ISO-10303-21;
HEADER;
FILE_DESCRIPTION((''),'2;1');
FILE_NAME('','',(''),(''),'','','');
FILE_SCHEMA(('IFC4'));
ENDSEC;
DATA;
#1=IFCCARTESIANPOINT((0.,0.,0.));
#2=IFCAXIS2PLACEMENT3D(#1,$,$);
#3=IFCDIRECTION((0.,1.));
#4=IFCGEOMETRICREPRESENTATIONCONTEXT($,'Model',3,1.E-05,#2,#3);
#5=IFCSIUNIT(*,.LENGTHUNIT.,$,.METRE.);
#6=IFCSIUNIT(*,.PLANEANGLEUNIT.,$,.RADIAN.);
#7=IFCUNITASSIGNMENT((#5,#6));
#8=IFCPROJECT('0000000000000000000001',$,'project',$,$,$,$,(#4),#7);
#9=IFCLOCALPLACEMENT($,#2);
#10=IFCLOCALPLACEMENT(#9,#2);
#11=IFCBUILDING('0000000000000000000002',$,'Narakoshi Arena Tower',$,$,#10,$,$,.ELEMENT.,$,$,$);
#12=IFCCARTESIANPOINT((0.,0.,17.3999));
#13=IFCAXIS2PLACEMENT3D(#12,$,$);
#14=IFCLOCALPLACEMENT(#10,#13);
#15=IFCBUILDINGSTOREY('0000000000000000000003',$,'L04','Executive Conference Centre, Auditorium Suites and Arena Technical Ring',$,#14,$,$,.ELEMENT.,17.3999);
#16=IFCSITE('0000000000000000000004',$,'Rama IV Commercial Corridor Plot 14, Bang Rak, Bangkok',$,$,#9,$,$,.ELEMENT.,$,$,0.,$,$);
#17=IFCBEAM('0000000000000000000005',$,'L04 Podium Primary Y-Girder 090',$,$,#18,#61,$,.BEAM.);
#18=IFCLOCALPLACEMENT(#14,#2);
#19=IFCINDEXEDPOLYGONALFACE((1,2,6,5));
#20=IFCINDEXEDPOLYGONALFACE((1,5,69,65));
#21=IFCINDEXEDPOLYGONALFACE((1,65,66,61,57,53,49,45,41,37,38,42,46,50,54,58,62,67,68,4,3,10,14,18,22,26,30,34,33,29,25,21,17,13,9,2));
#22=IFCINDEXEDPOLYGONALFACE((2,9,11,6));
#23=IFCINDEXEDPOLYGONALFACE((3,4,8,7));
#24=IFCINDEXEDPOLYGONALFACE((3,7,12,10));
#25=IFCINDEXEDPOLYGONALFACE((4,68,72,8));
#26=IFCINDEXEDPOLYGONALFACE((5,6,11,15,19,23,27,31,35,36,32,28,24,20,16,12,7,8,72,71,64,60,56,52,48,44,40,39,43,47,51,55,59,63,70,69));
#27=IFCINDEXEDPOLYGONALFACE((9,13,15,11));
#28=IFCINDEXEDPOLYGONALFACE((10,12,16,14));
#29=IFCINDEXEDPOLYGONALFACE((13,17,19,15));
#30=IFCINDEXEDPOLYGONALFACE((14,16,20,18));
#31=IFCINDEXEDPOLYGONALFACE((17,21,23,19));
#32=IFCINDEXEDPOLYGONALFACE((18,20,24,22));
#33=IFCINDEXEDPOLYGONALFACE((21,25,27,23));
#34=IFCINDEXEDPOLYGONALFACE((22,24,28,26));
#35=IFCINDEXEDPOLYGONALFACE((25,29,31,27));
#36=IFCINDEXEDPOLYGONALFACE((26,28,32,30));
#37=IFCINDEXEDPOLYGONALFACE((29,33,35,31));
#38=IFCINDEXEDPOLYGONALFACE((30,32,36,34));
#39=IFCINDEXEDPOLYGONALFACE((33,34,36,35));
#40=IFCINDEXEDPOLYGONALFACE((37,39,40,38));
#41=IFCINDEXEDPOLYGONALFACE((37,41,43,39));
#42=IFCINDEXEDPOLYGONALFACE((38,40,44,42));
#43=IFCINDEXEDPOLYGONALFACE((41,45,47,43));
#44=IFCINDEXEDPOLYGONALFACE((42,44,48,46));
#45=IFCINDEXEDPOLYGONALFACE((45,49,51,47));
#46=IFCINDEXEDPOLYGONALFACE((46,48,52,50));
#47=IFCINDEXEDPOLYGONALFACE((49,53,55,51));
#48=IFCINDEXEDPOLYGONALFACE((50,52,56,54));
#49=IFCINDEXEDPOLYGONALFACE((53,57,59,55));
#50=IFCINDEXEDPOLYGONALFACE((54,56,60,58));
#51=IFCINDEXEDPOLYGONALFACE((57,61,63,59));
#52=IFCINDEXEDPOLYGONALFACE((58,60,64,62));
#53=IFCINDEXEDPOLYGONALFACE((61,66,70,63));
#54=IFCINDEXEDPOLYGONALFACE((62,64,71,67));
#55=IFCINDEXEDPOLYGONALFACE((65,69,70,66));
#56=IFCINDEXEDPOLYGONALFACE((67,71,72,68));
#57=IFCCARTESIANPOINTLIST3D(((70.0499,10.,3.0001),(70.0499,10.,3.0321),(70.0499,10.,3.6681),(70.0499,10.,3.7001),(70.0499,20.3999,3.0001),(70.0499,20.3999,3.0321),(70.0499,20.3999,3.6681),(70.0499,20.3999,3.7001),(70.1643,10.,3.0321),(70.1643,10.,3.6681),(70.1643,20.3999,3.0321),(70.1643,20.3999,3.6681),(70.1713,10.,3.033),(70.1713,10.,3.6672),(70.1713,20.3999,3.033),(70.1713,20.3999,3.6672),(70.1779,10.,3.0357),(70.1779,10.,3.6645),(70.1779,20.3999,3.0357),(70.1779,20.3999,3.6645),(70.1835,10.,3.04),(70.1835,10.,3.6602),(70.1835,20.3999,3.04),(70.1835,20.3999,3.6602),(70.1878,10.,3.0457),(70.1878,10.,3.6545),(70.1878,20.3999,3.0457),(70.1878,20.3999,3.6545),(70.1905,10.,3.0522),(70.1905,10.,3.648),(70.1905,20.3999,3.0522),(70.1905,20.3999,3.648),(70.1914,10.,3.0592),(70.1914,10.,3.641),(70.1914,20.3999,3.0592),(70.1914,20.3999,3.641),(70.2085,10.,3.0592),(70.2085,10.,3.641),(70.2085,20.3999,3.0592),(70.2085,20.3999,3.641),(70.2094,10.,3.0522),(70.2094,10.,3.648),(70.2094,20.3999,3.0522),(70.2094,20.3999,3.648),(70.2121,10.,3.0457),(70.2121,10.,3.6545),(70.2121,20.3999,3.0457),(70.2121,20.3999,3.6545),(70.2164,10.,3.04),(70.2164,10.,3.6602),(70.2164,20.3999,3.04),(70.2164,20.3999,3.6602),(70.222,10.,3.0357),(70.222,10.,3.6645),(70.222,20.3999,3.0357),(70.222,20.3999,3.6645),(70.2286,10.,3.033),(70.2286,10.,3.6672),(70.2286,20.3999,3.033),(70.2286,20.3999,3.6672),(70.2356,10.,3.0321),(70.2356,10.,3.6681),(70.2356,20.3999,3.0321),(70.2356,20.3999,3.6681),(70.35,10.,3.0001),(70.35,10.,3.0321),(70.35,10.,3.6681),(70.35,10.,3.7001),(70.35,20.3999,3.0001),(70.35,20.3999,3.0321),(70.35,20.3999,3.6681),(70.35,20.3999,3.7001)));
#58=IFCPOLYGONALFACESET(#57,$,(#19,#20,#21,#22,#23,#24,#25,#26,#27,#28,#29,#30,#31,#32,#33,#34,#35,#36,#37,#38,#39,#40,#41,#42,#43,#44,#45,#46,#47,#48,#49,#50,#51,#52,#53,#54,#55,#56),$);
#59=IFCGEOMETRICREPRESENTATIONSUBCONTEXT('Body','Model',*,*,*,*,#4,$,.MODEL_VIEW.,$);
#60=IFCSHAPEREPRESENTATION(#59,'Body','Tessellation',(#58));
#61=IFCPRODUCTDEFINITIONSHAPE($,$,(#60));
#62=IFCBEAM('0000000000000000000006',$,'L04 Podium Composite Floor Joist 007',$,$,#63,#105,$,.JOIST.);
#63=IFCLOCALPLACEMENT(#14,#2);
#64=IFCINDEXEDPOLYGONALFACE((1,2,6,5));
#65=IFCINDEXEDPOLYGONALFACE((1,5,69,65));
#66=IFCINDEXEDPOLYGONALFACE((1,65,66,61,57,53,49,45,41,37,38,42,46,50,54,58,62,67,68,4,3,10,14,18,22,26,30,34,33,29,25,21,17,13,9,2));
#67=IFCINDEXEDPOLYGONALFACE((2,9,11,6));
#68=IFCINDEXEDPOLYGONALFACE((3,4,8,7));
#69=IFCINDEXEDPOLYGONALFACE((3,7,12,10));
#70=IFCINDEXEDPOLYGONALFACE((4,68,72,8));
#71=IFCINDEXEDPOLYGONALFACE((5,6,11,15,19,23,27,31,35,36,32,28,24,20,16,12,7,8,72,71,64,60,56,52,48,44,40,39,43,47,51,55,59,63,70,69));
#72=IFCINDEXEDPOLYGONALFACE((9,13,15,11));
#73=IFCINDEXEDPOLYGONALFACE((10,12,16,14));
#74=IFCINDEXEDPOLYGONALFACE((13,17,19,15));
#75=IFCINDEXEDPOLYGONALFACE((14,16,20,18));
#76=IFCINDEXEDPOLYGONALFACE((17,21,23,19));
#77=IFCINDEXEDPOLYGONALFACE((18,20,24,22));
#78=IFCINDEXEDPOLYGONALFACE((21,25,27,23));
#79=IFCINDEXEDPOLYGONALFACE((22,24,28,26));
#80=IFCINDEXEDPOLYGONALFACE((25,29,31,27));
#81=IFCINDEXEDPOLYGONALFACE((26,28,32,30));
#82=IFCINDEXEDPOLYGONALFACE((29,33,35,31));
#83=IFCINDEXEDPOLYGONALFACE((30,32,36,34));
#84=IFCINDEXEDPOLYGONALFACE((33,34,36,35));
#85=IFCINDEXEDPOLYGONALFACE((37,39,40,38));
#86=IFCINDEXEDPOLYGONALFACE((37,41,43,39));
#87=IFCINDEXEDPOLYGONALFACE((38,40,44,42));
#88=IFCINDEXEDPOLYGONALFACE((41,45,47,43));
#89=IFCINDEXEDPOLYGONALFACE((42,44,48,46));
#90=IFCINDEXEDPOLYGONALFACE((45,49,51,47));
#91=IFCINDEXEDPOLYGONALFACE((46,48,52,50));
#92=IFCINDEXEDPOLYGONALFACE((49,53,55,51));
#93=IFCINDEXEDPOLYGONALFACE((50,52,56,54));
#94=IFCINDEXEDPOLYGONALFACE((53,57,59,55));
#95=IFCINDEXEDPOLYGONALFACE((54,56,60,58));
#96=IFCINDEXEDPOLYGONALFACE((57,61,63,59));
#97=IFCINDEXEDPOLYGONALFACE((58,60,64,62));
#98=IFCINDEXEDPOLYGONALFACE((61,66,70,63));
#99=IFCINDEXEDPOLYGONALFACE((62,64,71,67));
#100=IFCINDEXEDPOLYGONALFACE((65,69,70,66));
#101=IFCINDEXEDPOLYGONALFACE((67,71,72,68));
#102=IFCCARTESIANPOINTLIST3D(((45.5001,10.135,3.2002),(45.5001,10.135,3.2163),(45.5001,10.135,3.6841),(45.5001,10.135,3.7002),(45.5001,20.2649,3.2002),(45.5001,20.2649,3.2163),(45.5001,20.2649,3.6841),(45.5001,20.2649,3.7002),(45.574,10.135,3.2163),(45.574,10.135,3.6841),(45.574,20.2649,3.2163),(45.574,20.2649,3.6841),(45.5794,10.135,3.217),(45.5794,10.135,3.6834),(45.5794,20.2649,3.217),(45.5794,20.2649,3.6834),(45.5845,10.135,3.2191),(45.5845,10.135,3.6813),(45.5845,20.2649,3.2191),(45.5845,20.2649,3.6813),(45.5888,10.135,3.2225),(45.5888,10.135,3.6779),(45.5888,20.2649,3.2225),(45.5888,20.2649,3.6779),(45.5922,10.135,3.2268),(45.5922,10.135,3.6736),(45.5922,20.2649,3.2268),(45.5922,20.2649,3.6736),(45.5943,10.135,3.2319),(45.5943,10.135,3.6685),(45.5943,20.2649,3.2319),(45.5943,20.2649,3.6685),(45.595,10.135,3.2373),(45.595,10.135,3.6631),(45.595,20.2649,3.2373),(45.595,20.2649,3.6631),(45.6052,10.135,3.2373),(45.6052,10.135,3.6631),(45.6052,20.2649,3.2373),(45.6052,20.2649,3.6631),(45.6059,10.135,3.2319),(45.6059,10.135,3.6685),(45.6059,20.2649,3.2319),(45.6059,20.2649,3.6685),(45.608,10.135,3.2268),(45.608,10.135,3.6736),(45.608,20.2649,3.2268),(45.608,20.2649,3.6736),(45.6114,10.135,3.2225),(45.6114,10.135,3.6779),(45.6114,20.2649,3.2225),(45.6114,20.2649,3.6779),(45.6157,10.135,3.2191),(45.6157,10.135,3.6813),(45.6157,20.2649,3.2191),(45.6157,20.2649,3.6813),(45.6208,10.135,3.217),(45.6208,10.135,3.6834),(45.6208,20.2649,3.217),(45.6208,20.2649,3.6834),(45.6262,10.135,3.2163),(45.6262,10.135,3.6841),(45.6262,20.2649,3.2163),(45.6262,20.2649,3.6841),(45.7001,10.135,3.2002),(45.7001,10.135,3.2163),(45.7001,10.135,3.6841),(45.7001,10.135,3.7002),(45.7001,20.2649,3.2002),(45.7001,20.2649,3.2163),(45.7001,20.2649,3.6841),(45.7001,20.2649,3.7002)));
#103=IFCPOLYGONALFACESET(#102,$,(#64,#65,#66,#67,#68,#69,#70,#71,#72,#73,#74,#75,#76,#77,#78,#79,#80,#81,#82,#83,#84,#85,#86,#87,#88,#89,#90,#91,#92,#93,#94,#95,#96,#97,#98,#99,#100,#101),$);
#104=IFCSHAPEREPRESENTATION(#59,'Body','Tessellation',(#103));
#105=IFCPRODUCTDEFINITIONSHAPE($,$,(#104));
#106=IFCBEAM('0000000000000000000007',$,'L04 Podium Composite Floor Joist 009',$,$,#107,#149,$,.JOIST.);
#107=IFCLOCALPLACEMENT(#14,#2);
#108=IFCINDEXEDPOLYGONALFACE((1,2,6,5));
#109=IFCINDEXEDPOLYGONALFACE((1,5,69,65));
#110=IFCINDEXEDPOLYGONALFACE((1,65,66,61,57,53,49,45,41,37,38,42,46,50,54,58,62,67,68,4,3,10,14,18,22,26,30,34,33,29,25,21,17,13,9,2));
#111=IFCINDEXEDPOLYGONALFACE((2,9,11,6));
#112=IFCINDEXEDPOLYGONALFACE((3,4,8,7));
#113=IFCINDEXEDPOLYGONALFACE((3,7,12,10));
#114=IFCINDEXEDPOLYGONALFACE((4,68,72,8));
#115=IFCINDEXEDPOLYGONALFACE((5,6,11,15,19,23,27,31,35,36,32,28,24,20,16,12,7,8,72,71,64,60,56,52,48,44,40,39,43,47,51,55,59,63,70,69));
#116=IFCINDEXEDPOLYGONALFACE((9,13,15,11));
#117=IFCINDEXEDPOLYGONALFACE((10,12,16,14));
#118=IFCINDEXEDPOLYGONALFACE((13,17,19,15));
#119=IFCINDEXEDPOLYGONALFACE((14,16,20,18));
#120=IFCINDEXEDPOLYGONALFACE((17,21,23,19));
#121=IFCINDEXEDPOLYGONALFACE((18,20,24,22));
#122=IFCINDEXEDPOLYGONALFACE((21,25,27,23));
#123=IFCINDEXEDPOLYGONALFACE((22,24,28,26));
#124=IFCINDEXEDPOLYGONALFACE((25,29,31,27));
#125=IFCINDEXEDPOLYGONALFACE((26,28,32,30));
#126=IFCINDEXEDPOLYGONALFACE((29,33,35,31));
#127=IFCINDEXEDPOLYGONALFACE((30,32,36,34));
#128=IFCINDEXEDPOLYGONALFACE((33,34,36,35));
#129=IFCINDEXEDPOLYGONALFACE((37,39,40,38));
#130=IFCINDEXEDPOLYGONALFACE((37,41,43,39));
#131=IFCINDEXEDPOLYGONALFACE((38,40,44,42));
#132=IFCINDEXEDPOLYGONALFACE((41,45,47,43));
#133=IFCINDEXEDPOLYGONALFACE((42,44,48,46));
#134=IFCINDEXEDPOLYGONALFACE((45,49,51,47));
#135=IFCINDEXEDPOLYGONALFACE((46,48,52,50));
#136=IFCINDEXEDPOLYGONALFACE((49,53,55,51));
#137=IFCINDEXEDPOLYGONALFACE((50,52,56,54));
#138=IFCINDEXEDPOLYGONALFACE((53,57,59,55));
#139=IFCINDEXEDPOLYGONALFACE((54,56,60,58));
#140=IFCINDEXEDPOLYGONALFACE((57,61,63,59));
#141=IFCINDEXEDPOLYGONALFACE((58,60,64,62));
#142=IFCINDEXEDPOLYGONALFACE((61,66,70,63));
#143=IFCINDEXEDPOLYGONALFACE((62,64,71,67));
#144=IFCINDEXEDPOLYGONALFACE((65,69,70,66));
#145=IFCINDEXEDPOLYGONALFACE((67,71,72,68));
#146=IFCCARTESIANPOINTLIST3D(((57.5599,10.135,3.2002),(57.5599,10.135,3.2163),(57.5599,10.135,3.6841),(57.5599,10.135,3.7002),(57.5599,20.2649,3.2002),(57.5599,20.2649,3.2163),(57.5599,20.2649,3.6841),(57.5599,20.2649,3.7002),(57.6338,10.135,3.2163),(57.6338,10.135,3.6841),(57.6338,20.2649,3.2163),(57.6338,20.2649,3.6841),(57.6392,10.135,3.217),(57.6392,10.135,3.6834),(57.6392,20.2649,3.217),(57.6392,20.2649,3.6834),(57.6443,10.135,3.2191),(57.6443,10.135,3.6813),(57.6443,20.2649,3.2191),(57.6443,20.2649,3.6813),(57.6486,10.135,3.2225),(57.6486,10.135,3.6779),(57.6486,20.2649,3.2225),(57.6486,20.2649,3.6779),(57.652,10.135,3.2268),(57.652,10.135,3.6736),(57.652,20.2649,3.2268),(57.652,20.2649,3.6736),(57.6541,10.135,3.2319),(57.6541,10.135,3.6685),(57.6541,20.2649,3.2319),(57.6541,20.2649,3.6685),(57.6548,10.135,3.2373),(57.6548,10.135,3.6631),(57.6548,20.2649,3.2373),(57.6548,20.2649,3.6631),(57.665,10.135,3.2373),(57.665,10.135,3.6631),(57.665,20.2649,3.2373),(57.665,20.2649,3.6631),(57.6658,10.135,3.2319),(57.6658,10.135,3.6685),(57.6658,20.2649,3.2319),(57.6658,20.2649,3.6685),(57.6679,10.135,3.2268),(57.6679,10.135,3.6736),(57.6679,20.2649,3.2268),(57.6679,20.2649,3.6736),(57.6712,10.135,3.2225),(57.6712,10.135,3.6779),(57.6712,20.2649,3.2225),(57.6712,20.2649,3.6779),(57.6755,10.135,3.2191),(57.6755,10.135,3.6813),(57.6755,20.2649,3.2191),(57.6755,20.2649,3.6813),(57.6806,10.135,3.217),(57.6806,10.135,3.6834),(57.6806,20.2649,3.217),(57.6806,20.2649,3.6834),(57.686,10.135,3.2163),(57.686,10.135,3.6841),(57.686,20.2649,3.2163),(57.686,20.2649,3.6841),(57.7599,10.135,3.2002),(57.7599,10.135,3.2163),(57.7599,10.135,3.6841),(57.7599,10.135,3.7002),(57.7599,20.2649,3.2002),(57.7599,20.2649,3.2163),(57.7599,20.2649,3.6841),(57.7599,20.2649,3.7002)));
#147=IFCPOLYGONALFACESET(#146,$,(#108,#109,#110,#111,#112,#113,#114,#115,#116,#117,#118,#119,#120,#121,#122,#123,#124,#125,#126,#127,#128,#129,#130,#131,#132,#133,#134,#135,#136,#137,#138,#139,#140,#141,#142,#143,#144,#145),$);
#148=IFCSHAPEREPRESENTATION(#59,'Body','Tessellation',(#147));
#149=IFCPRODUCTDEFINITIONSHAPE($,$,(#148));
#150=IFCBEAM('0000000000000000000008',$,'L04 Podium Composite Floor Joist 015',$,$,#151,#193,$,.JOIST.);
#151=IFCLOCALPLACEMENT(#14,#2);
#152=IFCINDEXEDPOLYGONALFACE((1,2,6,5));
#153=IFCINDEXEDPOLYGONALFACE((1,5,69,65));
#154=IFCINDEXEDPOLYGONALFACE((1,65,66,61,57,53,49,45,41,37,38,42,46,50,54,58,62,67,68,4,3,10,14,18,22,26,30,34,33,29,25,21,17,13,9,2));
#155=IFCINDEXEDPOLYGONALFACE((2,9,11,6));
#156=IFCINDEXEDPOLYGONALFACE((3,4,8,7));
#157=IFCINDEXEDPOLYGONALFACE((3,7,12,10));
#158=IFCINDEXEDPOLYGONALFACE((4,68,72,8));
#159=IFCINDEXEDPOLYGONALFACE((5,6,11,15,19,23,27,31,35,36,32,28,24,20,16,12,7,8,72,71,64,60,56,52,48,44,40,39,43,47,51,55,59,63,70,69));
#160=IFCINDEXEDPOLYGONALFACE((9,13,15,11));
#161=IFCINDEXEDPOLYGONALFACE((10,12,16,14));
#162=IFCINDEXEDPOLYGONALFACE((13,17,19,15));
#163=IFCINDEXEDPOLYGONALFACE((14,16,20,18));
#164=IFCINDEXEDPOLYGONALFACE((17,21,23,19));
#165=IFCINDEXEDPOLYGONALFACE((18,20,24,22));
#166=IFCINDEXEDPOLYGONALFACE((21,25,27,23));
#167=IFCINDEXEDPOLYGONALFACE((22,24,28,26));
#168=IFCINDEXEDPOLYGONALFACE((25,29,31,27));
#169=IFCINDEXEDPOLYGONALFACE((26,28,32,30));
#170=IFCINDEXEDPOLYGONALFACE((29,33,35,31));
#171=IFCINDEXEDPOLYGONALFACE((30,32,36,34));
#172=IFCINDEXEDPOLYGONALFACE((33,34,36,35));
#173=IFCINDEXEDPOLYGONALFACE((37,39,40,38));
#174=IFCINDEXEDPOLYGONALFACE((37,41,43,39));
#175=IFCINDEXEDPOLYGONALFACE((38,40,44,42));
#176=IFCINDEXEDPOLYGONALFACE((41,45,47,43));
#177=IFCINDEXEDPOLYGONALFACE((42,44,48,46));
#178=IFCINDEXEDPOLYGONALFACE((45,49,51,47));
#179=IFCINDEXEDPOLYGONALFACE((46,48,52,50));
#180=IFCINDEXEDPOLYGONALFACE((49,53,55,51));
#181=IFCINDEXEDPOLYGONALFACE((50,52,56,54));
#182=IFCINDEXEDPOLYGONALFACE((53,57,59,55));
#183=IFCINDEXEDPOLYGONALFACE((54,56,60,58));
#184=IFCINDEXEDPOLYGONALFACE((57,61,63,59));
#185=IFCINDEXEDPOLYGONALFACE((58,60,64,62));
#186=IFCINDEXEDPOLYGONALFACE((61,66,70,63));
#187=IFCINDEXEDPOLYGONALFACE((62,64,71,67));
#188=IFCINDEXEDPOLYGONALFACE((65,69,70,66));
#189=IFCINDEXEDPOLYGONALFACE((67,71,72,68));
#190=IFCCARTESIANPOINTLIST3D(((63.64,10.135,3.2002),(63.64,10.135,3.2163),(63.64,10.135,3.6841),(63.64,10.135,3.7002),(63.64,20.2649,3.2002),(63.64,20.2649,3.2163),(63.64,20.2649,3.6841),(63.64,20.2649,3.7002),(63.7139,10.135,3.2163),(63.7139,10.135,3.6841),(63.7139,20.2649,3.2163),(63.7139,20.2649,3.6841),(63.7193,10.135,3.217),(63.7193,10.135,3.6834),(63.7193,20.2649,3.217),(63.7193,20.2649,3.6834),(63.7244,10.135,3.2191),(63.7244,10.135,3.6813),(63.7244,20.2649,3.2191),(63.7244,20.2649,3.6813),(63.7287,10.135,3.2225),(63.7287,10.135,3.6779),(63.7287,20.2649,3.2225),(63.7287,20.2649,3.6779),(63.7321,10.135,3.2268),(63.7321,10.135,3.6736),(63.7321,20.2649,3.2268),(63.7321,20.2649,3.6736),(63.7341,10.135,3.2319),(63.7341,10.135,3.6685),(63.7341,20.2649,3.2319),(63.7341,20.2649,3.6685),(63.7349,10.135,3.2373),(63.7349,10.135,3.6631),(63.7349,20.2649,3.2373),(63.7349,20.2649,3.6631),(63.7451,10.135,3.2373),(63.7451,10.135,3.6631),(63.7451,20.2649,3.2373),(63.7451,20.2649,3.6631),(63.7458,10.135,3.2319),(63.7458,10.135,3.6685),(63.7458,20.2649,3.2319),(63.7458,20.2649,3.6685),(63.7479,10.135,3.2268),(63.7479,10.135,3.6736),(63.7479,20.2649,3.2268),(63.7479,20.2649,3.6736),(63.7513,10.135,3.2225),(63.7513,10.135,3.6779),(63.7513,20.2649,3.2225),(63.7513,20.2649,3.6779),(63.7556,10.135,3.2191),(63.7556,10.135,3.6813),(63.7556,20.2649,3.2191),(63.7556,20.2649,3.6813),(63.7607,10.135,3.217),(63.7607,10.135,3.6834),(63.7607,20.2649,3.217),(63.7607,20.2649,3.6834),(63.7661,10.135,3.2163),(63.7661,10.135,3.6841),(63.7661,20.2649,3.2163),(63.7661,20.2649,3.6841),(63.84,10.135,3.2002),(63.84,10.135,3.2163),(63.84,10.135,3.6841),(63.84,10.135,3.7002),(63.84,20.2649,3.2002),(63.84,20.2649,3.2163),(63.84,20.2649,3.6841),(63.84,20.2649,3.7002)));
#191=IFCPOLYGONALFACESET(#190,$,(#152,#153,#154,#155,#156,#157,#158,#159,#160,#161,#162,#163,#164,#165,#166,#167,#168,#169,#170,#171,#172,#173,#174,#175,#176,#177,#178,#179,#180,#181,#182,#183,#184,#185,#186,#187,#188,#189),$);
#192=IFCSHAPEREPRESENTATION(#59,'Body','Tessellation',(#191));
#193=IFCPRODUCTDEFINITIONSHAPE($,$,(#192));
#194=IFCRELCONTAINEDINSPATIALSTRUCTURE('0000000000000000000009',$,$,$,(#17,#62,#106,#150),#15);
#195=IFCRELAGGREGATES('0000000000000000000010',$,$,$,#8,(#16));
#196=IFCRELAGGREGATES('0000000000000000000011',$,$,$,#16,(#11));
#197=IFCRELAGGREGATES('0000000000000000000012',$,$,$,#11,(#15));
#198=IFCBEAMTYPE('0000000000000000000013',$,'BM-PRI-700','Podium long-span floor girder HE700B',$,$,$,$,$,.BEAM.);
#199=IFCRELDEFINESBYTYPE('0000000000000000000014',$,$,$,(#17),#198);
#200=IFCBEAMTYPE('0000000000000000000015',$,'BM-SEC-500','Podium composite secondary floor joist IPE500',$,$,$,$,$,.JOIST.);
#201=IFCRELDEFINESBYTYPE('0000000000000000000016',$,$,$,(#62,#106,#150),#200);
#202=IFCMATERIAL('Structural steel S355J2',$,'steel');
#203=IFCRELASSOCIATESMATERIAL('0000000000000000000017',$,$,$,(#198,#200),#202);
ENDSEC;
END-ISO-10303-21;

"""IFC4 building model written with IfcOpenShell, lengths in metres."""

from ifc_helpers import new_model, si_unit, direction, frame, origin, origin_2d, place, context, subcontext, project, spatial, i_section, extrude, material, material_profile, profile_set, type_object, element, save


model = new_model("IFC4")

# Units and contexts
model_context = context("Model", 3, precision=1e-05, world=origin(), true_north=direction((0.0, 1.0)))
body_context = subcontext(model_context, "Body", "Model", "MODEL_VIEW")
ifc_project = project(units=[si_unit("LENGTHUNIT", "METRE"), si_unit("PLANEANGLEUNIT", "RADIAN")], contexts=[model_context])

# Site, building, storey
site_placement = place(None, origin())
site = spatial("IfcSite", under=ifc_project, at=site_placement, Name="Rama IV Commercial Corridor Plot 14, Bang Rak, Bangkok", CompositionType="ELEMENT", RefElevation=0.0)
building_placement = place(site_placement, origin())
building = spatial("IfcBuilding", under=site, at=building_placement, Name="Narakoshi Arena Tower", CompositionType="ELEMENT")
storey_placement = place(building_placement, frame((0.0, 0.0, 17.3999)))
storey = spatial("IfcBuildingStorey", under=building, at=storey_placement, Name="L04", Description="Executive Conference Centre, Auditorium Suites and Arena Technical Ring", CompositionType="ELEMENT", Elevation=17.3999)

# Beams
ifc_material_1 = material(Name="Structural steel S355J2", Category="steel")
ifc_material_profile_1 = material_profile(ifc_material_1, i_section(OverallWidth=0.3, OverallDepth=0.7, WebThickness=0.0171, FlangeThickness=0.032, FilletRadius=0.0271, at=origin_2d()), Name="HE700B")
ifc_profile_set_1 = profile_set([ifc_material_profile_1], Name="Structural steel S355J2")
beam_type_1 = type_object("IfcBeamType", Name="BM-PRI-700", Description="Podium long-span floor girder HE700B", PredefinedType="BEAM", material=ifc_profile_set_1)
beam_1_placement = place(storey_placement, frame((70.2, 10.0, 3.3501), z_axis=(0.0, 1.0, 0.0), x_axis=(-1.0, 0.0, 0.0)))
element("IfcBeam", 1, at=beam_1_placement, inside=storey, type_object=beam_type_1, Name="L04 Podium Primary Y-Girder 090", PredefinedType="BEAM", context=body_context, shape_type="SweptSolid", body=[
    extrude(i_section(OverallWidth=0.3, OverallDepth=0.7, WebThickness=0.0171, FlangeThickness=0.032, FilletRadius=0.0271, at=origin_2d()), origin(), (0.0, 0.0, 1.0), 10.3999),
])
ifc_material_profile_2 = material_profile(ifc_material_1, i_section(OverallWidth=0.2, OverallDepth=0.5, WebThickness=0.0103, FlangeThickness=0.0161, FilletRadius=0.021, at=origin_2d()), Name="IPE500")
ifc_profile_set_2 = profile_set([ifc_material_profile_2], Name="Structural steel S355J2")
beam_type_2 = type_object("IfcBeamType", Name="BM-SEC-500", Description="Podium composite secondary floor joist IPE500", PredefinedType="JOIST", material=ifc_profile_set_2)
for number, where, z_axis, x_axis, name in (
    (2, (45.6001, 10.135, 3.4502), (0.0, 1.0, 0.0), (-1.0, 0.0, 0.0), "L04 Podium Composite Floor Joist 007"),
    (3, (57.6599, 10.135, 3.4502), (0.0, 1.0, 0.0), (-1.0, 0.0, 0.0), "L04 Podium Composite Floor Joist 009"),
    (4, (63.74, 10.135, 3.4502), (0.0, 1.0, 0.0), (-1.0, 0.0, 0.0), "L04 Podium Composite Floor Joist 015"),
):
    element("IfcBeam", number, at=place(storey_placement, frame(where, z_axis=z_axis, x_axis=x_axis)), inside=storey, type_object=beam_type_2, Name=name, PredefinedType="JOIST", context=body_context, shape_type="SweptSolid", body=[
        extrude(i_section(OverallWidth=0.2, OverallDepth=0.5, WebThickness=0.0103, FlangeThickness=0.0161, FilletRadius=0.021, at=origin_2d()), origin(), (0.0, 0.0, 1.0), 10.1299),
    ])

save(model, "model.ifc")
